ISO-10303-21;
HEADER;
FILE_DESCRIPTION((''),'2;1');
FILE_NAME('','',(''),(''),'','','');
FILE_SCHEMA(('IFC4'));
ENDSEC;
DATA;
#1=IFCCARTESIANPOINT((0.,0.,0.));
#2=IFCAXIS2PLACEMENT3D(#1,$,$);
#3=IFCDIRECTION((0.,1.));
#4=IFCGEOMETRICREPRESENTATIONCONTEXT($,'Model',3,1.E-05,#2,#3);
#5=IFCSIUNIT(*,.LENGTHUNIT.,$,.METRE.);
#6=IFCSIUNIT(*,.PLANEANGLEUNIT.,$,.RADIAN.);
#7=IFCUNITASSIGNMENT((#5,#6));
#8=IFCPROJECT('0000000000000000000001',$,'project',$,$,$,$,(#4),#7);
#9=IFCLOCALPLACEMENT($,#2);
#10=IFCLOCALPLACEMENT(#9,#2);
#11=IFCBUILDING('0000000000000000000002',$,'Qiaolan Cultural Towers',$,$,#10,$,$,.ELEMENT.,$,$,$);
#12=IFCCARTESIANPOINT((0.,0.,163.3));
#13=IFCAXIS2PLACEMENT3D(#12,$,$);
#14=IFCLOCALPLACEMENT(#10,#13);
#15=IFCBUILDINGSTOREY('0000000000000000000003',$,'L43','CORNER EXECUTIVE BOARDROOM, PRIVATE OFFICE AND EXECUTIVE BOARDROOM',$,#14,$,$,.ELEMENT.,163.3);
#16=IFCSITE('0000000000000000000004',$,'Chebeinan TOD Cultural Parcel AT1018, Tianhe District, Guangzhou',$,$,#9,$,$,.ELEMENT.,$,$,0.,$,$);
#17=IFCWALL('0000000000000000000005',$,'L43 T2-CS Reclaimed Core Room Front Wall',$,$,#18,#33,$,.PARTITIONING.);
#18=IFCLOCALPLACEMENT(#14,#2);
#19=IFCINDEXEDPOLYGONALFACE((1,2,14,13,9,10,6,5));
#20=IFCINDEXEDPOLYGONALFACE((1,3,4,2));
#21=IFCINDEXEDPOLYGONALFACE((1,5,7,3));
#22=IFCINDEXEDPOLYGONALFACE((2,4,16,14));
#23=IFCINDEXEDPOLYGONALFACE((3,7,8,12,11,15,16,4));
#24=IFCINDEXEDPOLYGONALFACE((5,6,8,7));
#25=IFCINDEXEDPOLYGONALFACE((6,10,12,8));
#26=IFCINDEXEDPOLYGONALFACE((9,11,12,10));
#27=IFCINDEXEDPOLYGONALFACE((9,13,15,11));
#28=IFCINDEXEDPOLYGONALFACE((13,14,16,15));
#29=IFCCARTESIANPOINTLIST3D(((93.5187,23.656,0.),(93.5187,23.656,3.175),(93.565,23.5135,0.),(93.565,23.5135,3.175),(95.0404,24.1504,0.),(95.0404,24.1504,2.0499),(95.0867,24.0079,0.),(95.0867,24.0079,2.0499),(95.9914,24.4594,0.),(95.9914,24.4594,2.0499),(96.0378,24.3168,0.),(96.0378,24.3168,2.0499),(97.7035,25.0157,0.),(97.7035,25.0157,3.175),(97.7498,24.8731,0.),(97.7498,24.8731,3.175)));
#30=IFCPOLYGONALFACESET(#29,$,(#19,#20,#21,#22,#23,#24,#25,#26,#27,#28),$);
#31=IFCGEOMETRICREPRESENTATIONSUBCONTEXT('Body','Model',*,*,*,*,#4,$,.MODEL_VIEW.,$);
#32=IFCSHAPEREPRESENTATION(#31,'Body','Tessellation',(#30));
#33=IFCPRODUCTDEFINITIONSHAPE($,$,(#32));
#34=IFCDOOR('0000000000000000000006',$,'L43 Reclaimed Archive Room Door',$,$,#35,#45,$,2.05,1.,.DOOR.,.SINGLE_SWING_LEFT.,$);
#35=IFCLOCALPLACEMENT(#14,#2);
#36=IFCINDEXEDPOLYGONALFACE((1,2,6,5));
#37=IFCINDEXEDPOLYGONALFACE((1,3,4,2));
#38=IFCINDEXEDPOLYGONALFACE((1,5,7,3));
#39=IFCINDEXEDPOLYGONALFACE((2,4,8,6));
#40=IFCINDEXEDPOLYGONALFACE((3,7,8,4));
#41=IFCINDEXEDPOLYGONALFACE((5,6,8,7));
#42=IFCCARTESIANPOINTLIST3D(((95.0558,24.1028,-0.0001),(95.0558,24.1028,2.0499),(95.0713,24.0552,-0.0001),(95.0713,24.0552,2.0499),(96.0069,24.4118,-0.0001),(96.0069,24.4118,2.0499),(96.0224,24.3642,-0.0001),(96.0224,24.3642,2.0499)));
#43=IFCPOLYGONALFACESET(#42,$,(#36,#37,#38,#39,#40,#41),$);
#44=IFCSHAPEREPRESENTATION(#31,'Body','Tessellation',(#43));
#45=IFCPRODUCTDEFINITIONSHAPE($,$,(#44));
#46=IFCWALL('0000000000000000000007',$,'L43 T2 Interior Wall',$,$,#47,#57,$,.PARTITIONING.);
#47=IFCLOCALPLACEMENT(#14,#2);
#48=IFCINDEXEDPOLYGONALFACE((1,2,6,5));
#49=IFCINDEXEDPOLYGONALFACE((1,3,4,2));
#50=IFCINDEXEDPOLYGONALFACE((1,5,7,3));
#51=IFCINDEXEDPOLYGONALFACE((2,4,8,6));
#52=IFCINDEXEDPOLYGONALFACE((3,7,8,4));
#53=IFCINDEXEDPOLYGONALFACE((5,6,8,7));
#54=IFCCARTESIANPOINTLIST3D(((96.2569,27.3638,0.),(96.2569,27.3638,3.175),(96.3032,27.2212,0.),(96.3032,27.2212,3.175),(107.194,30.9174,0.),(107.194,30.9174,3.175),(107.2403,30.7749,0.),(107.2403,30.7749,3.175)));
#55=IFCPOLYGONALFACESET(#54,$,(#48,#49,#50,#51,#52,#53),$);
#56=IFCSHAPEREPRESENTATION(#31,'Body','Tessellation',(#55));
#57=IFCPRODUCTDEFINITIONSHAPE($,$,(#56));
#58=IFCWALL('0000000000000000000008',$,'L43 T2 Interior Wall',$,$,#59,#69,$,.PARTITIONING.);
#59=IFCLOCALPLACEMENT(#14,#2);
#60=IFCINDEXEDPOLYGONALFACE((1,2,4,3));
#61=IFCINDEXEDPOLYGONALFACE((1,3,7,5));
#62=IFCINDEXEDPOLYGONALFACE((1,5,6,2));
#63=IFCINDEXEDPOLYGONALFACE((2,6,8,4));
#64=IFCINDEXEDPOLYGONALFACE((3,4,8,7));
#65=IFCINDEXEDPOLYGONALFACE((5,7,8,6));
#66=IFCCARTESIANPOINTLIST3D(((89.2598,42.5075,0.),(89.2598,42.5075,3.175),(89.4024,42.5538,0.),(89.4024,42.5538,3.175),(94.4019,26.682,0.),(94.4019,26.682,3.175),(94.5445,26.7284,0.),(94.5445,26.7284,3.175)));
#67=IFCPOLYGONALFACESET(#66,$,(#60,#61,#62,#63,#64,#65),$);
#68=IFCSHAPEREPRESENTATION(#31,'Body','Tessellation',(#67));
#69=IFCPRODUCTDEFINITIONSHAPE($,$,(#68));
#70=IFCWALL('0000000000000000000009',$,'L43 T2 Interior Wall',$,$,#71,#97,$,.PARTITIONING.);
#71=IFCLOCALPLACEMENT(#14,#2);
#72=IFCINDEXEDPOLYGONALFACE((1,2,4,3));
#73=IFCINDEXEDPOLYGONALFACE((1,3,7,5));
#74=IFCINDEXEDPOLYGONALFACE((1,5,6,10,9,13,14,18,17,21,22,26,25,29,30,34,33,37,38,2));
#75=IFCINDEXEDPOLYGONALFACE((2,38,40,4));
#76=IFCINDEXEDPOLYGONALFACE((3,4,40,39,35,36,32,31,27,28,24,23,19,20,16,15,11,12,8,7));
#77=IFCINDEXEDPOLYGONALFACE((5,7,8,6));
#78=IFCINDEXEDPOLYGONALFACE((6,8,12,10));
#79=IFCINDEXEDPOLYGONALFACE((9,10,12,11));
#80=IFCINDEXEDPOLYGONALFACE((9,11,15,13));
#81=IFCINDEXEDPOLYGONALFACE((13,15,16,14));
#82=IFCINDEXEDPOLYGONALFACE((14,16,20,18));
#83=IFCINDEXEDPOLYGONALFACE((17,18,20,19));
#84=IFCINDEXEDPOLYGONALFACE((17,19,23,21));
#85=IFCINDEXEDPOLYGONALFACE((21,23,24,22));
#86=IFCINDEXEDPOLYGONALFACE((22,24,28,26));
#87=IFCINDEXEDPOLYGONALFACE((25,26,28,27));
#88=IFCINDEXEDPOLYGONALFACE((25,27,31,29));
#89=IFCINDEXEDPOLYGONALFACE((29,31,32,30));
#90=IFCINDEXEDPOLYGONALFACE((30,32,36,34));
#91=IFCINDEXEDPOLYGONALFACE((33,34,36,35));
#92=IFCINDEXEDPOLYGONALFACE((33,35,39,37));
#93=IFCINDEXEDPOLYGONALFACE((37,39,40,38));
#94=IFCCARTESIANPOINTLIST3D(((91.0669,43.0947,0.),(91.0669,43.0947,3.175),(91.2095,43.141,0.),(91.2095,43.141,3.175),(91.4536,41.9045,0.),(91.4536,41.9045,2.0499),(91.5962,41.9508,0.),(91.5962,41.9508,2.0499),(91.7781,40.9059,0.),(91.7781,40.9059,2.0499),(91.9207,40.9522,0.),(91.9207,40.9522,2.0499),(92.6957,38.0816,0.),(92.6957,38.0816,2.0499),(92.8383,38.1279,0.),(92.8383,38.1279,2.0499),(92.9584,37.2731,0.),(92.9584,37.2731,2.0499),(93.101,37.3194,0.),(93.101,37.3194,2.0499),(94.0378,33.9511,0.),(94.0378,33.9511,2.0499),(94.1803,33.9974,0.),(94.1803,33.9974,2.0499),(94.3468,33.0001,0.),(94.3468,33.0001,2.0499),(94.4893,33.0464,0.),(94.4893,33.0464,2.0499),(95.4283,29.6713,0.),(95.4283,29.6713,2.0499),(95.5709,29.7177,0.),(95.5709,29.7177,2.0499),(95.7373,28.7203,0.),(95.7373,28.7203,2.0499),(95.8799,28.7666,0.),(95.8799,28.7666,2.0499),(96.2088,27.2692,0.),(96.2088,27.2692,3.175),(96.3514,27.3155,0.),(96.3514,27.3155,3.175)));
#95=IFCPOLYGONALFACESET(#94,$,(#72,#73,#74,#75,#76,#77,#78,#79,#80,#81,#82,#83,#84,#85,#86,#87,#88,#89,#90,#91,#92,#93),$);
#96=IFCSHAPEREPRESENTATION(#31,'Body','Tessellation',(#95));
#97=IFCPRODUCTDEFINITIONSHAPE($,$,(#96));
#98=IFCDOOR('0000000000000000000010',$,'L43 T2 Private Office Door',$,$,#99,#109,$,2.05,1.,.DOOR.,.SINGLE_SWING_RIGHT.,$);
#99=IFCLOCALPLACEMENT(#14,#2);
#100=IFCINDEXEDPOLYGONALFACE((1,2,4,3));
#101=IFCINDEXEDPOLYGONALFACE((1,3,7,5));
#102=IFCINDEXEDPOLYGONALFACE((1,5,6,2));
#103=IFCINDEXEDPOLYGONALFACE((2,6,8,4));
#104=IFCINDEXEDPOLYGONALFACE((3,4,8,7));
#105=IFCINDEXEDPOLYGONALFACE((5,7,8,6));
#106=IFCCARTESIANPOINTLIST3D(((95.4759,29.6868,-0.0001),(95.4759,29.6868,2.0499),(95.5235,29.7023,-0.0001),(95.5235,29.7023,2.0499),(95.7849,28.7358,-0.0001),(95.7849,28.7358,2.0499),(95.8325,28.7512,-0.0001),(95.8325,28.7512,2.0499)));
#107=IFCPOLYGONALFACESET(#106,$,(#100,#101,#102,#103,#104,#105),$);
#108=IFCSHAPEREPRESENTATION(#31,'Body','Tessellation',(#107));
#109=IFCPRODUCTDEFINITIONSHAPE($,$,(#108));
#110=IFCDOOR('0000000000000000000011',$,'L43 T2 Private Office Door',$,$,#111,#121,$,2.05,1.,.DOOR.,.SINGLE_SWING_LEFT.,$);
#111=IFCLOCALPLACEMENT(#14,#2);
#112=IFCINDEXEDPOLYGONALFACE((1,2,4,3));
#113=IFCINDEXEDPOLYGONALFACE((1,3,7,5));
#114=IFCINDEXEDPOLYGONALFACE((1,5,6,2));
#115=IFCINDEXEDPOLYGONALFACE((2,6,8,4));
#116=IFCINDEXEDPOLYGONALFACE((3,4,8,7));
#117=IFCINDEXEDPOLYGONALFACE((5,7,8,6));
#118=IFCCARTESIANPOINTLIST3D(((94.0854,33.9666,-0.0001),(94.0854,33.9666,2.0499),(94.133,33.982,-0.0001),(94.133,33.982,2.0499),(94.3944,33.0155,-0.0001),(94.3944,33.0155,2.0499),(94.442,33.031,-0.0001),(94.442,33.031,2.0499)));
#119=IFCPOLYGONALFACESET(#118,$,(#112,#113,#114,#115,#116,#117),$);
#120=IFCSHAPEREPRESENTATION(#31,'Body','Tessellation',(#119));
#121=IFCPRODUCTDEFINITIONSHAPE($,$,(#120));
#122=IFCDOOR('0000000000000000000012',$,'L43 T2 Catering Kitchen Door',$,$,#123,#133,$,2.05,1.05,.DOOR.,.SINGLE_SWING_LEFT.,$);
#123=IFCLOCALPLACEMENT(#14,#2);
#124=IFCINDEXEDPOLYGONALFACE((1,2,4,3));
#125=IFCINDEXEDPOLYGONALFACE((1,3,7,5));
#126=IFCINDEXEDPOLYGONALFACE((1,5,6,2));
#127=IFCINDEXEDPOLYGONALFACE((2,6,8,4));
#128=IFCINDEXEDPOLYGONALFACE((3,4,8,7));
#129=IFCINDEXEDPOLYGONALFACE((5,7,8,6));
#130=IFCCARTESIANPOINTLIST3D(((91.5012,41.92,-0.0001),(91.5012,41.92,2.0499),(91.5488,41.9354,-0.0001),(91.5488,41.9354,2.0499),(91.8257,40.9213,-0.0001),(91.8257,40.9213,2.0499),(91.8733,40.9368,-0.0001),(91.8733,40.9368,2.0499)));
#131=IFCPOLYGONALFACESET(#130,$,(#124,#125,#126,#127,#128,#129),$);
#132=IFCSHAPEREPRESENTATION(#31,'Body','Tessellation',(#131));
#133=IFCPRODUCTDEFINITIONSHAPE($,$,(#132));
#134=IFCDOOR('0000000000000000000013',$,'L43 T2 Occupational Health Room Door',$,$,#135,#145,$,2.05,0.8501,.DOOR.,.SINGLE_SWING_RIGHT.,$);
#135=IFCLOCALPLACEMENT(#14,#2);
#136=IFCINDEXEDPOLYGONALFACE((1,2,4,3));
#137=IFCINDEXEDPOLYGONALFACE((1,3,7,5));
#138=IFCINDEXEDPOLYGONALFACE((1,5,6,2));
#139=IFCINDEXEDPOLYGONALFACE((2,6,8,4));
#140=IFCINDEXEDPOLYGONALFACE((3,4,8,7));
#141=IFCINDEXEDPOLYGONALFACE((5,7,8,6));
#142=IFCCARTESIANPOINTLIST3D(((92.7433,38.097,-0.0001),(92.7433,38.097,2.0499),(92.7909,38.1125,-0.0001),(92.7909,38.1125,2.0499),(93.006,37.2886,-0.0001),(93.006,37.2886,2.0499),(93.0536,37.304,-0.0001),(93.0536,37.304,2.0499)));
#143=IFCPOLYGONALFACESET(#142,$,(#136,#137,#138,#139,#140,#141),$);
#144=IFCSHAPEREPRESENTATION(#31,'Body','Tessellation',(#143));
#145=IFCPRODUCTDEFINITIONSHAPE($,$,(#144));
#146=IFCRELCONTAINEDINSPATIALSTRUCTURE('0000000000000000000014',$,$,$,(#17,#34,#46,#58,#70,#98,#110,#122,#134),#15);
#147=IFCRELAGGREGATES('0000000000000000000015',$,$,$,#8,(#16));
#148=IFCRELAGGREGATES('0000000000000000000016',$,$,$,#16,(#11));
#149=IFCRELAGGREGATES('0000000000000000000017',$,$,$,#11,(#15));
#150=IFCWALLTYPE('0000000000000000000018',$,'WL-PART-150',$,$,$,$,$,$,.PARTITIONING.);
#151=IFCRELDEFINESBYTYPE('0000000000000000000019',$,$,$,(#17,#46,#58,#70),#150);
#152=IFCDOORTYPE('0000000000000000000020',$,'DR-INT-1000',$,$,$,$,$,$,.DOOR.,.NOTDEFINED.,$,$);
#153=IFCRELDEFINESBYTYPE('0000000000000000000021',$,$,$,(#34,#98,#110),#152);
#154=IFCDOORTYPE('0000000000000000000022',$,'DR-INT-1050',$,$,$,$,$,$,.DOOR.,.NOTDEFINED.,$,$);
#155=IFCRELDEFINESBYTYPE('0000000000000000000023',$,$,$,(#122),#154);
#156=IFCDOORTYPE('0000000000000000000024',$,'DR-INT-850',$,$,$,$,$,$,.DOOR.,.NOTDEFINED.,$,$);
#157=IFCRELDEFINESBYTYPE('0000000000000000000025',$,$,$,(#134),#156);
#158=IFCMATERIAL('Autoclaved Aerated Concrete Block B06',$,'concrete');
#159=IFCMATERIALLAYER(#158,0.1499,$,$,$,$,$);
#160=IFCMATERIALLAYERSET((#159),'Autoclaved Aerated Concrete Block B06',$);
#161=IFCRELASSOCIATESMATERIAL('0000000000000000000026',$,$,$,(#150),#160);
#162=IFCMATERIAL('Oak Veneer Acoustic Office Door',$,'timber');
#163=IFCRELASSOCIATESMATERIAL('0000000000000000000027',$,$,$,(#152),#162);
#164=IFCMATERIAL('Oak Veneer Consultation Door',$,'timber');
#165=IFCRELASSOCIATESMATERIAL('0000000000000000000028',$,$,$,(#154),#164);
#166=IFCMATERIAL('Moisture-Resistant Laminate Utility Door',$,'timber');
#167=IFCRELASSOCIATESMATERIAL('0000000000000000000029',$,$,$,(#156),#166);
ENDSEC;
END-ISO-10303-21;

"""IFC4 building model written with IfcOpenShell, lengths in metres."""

from ifc_helpers import new_model, si_unit, direction, frame, frame_2d, origin, place, context, subcontext, project, spatial, rectangle, extrude, material, layer, layer_set, type_object, element, fill, save


model = new_model("IFC4")

# Units and contexts
model_context = context("Model", 3, precision=1e-05, world=origin(), true_north=direction((0.0, 1.0)))
body_context = subcontext(model_context, "Body", "Model", "MODEL_VIEW")
ifc_project = project(units=[si_unit("LENGTHUNIT", "METRE"), si_unit("PLANEANGLEUNIT", "RADIAN")], contexts=[model_context])

# Site, building, storey
site_placement = place(None, origin())
site = spatial("IfcSite", under=ifc_project, at=site_placement, Name="Chebeinan TOD Cultural Parcel AT1018, Tianhe District, Guangzhou", CompositionType="ELEMENT", RefElevation=0.0)
building_placement = place(site_placement, origin())
building = spatial("IfcBuilding", under=site, at=building_placement, Name="Qiaolan Cultural Towers", CompositionType="ELEMENT")
storey_placement = place(building_placement, frame((0.0, 0.0, 163.3)))
storey = spatial("IfcBuildingStorey", under=building, at=storey_placement, Name="L43", Description="CORNER EXECUTIVE BOARDROOM, PRIVATE OFFICE AND EXECUTIVE BOARDROOM", CompositionType="ELEMENT", Elevation=163.3)

# Wall, opening, door
ifc_material_1 = material(Name="Autoclaved Aerated Concrete Block B06", Category="concrete")
ifc_layer_1 = layer(ifc_material_1, 0.1499)
ifc_layer_set_1 = layer_set([ifc_layer_1], Name="Autoclaved Aerated Concrete Block B06")
wall_type_1 = type_object("IfcWallType", Name="WL-PART-150", PredefinedType="PARTITIONING", material=ifc_layer_set_1)
wall_1_placement = place(storey_placement, frame((93.5417, 23.5847, 0.0), z_axis=(0.0, 0.0, 1.0), x_axis=(0.951064, 0.308994, 0.0)))
wall_1 = element("IfcWall", 1, at=wall_1_placement, inside=storey, type_object=wall_type_1, Name="L43 T2-CS Reclaimed Core Room Front Wall", PredefinedType="PARTITIONING", context=body_context, shape_type="SweptSolid", body=[
    extrude(rectangle(XDim=4.4001, YDim=0.1499, at=frame_2d((2.2002, 0.0))), origin(), (0.0, 0.0, 1.0), 3.175),
])
opening_1_placement = place(wall_1_placement, frame((1.6001, 0.0, 0.0)))
opening_1 = element("IfcOpeningElement", 2, at=opening_1_placement, cuts=wall_1, PredefinedType="OPENING", context=body_context, shape_type="SweptSolid", body=[
    extrude(rectangle(XDim=1.0, YDim=2.05, at=frame_2d((0.5, 1.0249))), frame((0.0, 0.085, 0.0), z_axis=(0.0, -1.0, 0.0), x_axis=(1.0, 0.0, 0.0)), (0.0, 0.0, 1.0), 0.1699),
])
ifc_material_2 = material(Name="Oak Veneer Acoustic Office Door", Category="timber")
door_type_1 = type_object("IfcDoorType", Name="DR-INT-1000", OperationType="NOTDEFINED", PredefinedType="DOOR", material=ifc_material_2)
door_1_placement = place(opening_1_placement, origin())
door_1 = element("IfcDoor", 3, at=door_1_placement, inside=storey, type_object=door_type_1, Name="L43 Reclaimed Archive Room Door", OperationType="SINGLE_SWING_LEFT", OverallHeight=2.05, OverallWidth=1.0, PredefinedType="DOOR", context=body_context, shape_type="SweptSolid", body=[
    extrude(rectangle(XDim=1.0, YDim=2.05, at=frame_2d((0.5, 1.0249))), frame((0.0, 0.0249, 0.0), z_axis=(0.0, -1.0, 0.0), x_axis=(1.0, 0.0, 0.0)), (0.0, 0.0, 1.0), 0.05),
])
fill(opening_1, door_1)

# Walls
wall_2_placement = place(storey_placement, frame((96.28, 27.2925, 0.0), z_axis=(0.0, 0.0, 1.0), x_axis=(0.951057, 0.309016, 0.0)))
element("IfcWall", 4, at=wall_2_placement, inside=storey, type_object=wall_type_1, Name="L43 T2 Interior Wall", PredefinedType="PARTITIONING", context=body_context, shape_type="SweptSolid", body=[
    extrude(rectangle(XDim=11.5, YDim=0.1499, at=frame_2d((5.75, 0.0))), origin(), (0.0, 0.0, 1.0), 3.175),
])
wall_3_placement = place(storey_placement, frame((94.4731, 26.7053, 0.0), z_axis=(0.0, 0.0, 1.0), x_axis=(-0.309022, 0.951055, 0.0)))
element("IfcWall", 5, at=wall_3_placement, inside=storey, type_object=wall_type_1, Name="L43 T2 Interior Wall", PredefinedType="PARTITIONING", context=body_context, shape_type="SweptSolid", body=[
    extrude(rectangle(XDim=16.6399, YDim=0.1499, at=frame_2d((8.3198, 0.0))), origin(), (0.0, 0.0, 1.0), 3.175),
])

# Wall, openings, doors
wall_4_placement = place(storey_placement, frame((96.28, 27.2925, 0.0), z_axis=(0.0, 0.0, 1.0), x_axis=(-0.309009, 0.951059, 0.0)))
wall_4 = element("IfcWall", 6, at=wall_4_placement, inside=storey, type_object=wall_type_1, Name="L43 T2 Interior Wall", PredefinedType="PARTITIONING", context=body_context, shape_type="SweptSolid", body=[
    extrude(rectangle(XDim=16.6399, YDim=0.1499, at=frame_2d((8.3198, 0.0))), origin(), (0.0, 0.0, 1.0), 3.175),
])
opening_2_placement = place(wall_4_placement, frame((1.5256, 0.0, 0.0)))
opening_2 = element("IfcOpeningElement", 7, at=opening_2_placement, cuts=wall_4, PredefinedType="OPENING", context=body_context, shape_type="SweptSolid", body=[
    extrude(rectangle(XDim=1.0, YDim=2.05, at=frame_2d((0.5, 1.0249))), frame((0.0, 0.085, 0.0), z_axis=(0.0, -1.0, 0.0), x_axis=(1.0, 0.0, 0.0)), (0.0, 0.0, 1.0), 0.1699),
])
opening_3_placement = place(wall_4_placement, frame((6.0256, 0.0, 0.0)))
opening_3 = element("IfcOpeningElement", 8, at=opening_3_placement, cuts=wall_4, PredefinedType="OPENING", context=body_context, shape_type="SweptSolid", body=[
    extrude(rectangle(XDim=1.0, YDim=2.05, at=frame_2d((0.5, 1.0249))), frame((0.0, 0.085, 0.0), z_axis=(0.0, -1.0, 0.0), x_axis=(1.0, 0.0, 0.0)), (0.0, 0.0, 1.0), 0.1699),
])
opening_4_placement = place(wall_4_placement, frame((10.5186, 0.0, 0.0)))
opening_4 = element("IfcOpeningElement", 9, at=opening_4_placement, cuts=wall_4, PredefinedType="OPENING", context=body_context, shape_type="SweptSolid", body=[
    extrude(rectangle(XDim=0.8501, YDim=2.05, at=frame_2d((0.425, 1.0249))), frame((0.0, 0.085, 0.0), z_axis=(0.0, -1.0, 0.0), x_axis=(1.0, 0.0, 0.0)), (0.0, 0.0, 1.0), 0.1699),
])
opening_5_placement = place(wall_4_placement, frame((14.3384, 0.0, 0.0)))
opening_5 = element("IfcOpeningElement", 10, at=opening_5_placement, cuts=wall_4, PredefinedType="OPENING", context=body_context, shape_type="SweptSolid", body=[
    extrude(rectangle(XDim=1.05, YDim=2.05, at=frame_2d((0.5249, 1.0249))), frame((0.0, 0.085, 0.0), z_axis=(0.0, -1.0, 0.0), x_axis=(1.0, 0.0, 0.0)), (0.0, 0.0, 1.0), 0.1699),
])
door_2_placement = place(opening_2_placement, origin())
door_2 = element("IfcDoor", 11, at=door_2_placement, inside=storey, type_object=door_type_1, Name="L43 T2 Private Office Door", OperationType="SINGLE_SWING_RIGHT", OverallHeight=2.05, OverallWidth=1.0, PredefinedType="DOOR", context=body_context, shape_type="SweptSolid", body=[
    extrude(rectangle(XDim=1.0, YDim=2.05, at=frame_2d((0.5, 1.0249))), frame((0.0, 0.0249, 0.0), z_axis=(0.0, -1.0, 0.0), x_axis=(1.0, 0.0, 0.0)), (0.0, 0.0, 1.0), 0.05),
])
fill(opening_2, door_2)
door_3_placement = place(opening_3_placement, origin())
door_3 = element("IfcDoor", 12, at=door_3_placement, inside=storey, type_object=door_type_1, Name="L43 T2 Private Office Door", OperationType="SINGLE_SWING_LEFT", OverallHeight=2.05, OverallWidth=1.0, PredefinedType="DOOR", context=body_context, shape_type="SweptSolid", body=[
    extrude(rectangle(XDim=1.0, YDim=2.05, at=frame_2d((0.5, 1.0249))), frame((0.0, 0.0249, 0.0), z_axis=(0.0, -1.0, 0.0), x_axis=(1.0, 0.0, 0.0)), (0.0, 0.0, 1.0), 0.05),
])
fill(opening_3, door_3)
ifc_material_3 = material(Name="Oak Veneer Consultation Door", Category="timber")
door_type_2 = type_object("IfcDoorType", Name="DR-INT-1050", OperationType="NOTDEFINED", PredefinedType="DOOR", material=ifc_material_3)
door_4_placement = place(opening_5_placement, origin())
door_4 = element("IfcDoor", 13, at=door_4_placement, inside=storey, type_object=door_type_2, Name="L43 T2 Catering Kitchen Door", OperationType="SINGLE_SWING_LEFT", OverallHeight=2.05, OverallWidth=1.05, PredefinedType="DOOR", context=body_context, shape_type="SweptSolid", body=[
    extrude(rectangle(XDim=1.05, YDim=2.05, at=frame_2d((0.5249, 1.0249))), frame((0.0, 0.0249, 0.0), z_axis=(0.0, -1.0, 0.0), x_axis=(1.0, 0.0, 0.0)), (0.0, 0.0, 1.0), 0.05),
])
fill(opening_5, door_4)
ifc_material_4 = material(Name="Moisture-Resistant Laminate Utility Door", Category="timber")
door_type_3 = type_object("IfcDoorType", Name="DR-INT-850", OperationType="NOTDEFINED", PredefinedType="DOOR", material=ifc_material_4)
door_5_placement = place(opening_4_placement, origin())
door_5 = element("IfcDoor", 14, at=door_5_placement, inside=storey, type_object=door_type_3, Name="L43 T2 Occupational Health Room Door", OperationType="SINGLE_SWING_RIGHT", OverallHeight=2.05, OverallWidth=0.8501, PredefinedType="DOOR", context=body_context, shape_type="SweptSolid", body=[
    extrude(rectangle(XDim=0.8501, YDim=2.05, at=frame_2d((0.425, 1.0249))), frame((0.0, 0.0249, 0.0), z_axis=(0.0, -1.0, 0.0), x_axis=(1.0, 0.0, 0.0)), (0.0, 0.0, 1.0), 0.05),
])
fill(opening_4, door_5)

save(model, "model.ifc")
